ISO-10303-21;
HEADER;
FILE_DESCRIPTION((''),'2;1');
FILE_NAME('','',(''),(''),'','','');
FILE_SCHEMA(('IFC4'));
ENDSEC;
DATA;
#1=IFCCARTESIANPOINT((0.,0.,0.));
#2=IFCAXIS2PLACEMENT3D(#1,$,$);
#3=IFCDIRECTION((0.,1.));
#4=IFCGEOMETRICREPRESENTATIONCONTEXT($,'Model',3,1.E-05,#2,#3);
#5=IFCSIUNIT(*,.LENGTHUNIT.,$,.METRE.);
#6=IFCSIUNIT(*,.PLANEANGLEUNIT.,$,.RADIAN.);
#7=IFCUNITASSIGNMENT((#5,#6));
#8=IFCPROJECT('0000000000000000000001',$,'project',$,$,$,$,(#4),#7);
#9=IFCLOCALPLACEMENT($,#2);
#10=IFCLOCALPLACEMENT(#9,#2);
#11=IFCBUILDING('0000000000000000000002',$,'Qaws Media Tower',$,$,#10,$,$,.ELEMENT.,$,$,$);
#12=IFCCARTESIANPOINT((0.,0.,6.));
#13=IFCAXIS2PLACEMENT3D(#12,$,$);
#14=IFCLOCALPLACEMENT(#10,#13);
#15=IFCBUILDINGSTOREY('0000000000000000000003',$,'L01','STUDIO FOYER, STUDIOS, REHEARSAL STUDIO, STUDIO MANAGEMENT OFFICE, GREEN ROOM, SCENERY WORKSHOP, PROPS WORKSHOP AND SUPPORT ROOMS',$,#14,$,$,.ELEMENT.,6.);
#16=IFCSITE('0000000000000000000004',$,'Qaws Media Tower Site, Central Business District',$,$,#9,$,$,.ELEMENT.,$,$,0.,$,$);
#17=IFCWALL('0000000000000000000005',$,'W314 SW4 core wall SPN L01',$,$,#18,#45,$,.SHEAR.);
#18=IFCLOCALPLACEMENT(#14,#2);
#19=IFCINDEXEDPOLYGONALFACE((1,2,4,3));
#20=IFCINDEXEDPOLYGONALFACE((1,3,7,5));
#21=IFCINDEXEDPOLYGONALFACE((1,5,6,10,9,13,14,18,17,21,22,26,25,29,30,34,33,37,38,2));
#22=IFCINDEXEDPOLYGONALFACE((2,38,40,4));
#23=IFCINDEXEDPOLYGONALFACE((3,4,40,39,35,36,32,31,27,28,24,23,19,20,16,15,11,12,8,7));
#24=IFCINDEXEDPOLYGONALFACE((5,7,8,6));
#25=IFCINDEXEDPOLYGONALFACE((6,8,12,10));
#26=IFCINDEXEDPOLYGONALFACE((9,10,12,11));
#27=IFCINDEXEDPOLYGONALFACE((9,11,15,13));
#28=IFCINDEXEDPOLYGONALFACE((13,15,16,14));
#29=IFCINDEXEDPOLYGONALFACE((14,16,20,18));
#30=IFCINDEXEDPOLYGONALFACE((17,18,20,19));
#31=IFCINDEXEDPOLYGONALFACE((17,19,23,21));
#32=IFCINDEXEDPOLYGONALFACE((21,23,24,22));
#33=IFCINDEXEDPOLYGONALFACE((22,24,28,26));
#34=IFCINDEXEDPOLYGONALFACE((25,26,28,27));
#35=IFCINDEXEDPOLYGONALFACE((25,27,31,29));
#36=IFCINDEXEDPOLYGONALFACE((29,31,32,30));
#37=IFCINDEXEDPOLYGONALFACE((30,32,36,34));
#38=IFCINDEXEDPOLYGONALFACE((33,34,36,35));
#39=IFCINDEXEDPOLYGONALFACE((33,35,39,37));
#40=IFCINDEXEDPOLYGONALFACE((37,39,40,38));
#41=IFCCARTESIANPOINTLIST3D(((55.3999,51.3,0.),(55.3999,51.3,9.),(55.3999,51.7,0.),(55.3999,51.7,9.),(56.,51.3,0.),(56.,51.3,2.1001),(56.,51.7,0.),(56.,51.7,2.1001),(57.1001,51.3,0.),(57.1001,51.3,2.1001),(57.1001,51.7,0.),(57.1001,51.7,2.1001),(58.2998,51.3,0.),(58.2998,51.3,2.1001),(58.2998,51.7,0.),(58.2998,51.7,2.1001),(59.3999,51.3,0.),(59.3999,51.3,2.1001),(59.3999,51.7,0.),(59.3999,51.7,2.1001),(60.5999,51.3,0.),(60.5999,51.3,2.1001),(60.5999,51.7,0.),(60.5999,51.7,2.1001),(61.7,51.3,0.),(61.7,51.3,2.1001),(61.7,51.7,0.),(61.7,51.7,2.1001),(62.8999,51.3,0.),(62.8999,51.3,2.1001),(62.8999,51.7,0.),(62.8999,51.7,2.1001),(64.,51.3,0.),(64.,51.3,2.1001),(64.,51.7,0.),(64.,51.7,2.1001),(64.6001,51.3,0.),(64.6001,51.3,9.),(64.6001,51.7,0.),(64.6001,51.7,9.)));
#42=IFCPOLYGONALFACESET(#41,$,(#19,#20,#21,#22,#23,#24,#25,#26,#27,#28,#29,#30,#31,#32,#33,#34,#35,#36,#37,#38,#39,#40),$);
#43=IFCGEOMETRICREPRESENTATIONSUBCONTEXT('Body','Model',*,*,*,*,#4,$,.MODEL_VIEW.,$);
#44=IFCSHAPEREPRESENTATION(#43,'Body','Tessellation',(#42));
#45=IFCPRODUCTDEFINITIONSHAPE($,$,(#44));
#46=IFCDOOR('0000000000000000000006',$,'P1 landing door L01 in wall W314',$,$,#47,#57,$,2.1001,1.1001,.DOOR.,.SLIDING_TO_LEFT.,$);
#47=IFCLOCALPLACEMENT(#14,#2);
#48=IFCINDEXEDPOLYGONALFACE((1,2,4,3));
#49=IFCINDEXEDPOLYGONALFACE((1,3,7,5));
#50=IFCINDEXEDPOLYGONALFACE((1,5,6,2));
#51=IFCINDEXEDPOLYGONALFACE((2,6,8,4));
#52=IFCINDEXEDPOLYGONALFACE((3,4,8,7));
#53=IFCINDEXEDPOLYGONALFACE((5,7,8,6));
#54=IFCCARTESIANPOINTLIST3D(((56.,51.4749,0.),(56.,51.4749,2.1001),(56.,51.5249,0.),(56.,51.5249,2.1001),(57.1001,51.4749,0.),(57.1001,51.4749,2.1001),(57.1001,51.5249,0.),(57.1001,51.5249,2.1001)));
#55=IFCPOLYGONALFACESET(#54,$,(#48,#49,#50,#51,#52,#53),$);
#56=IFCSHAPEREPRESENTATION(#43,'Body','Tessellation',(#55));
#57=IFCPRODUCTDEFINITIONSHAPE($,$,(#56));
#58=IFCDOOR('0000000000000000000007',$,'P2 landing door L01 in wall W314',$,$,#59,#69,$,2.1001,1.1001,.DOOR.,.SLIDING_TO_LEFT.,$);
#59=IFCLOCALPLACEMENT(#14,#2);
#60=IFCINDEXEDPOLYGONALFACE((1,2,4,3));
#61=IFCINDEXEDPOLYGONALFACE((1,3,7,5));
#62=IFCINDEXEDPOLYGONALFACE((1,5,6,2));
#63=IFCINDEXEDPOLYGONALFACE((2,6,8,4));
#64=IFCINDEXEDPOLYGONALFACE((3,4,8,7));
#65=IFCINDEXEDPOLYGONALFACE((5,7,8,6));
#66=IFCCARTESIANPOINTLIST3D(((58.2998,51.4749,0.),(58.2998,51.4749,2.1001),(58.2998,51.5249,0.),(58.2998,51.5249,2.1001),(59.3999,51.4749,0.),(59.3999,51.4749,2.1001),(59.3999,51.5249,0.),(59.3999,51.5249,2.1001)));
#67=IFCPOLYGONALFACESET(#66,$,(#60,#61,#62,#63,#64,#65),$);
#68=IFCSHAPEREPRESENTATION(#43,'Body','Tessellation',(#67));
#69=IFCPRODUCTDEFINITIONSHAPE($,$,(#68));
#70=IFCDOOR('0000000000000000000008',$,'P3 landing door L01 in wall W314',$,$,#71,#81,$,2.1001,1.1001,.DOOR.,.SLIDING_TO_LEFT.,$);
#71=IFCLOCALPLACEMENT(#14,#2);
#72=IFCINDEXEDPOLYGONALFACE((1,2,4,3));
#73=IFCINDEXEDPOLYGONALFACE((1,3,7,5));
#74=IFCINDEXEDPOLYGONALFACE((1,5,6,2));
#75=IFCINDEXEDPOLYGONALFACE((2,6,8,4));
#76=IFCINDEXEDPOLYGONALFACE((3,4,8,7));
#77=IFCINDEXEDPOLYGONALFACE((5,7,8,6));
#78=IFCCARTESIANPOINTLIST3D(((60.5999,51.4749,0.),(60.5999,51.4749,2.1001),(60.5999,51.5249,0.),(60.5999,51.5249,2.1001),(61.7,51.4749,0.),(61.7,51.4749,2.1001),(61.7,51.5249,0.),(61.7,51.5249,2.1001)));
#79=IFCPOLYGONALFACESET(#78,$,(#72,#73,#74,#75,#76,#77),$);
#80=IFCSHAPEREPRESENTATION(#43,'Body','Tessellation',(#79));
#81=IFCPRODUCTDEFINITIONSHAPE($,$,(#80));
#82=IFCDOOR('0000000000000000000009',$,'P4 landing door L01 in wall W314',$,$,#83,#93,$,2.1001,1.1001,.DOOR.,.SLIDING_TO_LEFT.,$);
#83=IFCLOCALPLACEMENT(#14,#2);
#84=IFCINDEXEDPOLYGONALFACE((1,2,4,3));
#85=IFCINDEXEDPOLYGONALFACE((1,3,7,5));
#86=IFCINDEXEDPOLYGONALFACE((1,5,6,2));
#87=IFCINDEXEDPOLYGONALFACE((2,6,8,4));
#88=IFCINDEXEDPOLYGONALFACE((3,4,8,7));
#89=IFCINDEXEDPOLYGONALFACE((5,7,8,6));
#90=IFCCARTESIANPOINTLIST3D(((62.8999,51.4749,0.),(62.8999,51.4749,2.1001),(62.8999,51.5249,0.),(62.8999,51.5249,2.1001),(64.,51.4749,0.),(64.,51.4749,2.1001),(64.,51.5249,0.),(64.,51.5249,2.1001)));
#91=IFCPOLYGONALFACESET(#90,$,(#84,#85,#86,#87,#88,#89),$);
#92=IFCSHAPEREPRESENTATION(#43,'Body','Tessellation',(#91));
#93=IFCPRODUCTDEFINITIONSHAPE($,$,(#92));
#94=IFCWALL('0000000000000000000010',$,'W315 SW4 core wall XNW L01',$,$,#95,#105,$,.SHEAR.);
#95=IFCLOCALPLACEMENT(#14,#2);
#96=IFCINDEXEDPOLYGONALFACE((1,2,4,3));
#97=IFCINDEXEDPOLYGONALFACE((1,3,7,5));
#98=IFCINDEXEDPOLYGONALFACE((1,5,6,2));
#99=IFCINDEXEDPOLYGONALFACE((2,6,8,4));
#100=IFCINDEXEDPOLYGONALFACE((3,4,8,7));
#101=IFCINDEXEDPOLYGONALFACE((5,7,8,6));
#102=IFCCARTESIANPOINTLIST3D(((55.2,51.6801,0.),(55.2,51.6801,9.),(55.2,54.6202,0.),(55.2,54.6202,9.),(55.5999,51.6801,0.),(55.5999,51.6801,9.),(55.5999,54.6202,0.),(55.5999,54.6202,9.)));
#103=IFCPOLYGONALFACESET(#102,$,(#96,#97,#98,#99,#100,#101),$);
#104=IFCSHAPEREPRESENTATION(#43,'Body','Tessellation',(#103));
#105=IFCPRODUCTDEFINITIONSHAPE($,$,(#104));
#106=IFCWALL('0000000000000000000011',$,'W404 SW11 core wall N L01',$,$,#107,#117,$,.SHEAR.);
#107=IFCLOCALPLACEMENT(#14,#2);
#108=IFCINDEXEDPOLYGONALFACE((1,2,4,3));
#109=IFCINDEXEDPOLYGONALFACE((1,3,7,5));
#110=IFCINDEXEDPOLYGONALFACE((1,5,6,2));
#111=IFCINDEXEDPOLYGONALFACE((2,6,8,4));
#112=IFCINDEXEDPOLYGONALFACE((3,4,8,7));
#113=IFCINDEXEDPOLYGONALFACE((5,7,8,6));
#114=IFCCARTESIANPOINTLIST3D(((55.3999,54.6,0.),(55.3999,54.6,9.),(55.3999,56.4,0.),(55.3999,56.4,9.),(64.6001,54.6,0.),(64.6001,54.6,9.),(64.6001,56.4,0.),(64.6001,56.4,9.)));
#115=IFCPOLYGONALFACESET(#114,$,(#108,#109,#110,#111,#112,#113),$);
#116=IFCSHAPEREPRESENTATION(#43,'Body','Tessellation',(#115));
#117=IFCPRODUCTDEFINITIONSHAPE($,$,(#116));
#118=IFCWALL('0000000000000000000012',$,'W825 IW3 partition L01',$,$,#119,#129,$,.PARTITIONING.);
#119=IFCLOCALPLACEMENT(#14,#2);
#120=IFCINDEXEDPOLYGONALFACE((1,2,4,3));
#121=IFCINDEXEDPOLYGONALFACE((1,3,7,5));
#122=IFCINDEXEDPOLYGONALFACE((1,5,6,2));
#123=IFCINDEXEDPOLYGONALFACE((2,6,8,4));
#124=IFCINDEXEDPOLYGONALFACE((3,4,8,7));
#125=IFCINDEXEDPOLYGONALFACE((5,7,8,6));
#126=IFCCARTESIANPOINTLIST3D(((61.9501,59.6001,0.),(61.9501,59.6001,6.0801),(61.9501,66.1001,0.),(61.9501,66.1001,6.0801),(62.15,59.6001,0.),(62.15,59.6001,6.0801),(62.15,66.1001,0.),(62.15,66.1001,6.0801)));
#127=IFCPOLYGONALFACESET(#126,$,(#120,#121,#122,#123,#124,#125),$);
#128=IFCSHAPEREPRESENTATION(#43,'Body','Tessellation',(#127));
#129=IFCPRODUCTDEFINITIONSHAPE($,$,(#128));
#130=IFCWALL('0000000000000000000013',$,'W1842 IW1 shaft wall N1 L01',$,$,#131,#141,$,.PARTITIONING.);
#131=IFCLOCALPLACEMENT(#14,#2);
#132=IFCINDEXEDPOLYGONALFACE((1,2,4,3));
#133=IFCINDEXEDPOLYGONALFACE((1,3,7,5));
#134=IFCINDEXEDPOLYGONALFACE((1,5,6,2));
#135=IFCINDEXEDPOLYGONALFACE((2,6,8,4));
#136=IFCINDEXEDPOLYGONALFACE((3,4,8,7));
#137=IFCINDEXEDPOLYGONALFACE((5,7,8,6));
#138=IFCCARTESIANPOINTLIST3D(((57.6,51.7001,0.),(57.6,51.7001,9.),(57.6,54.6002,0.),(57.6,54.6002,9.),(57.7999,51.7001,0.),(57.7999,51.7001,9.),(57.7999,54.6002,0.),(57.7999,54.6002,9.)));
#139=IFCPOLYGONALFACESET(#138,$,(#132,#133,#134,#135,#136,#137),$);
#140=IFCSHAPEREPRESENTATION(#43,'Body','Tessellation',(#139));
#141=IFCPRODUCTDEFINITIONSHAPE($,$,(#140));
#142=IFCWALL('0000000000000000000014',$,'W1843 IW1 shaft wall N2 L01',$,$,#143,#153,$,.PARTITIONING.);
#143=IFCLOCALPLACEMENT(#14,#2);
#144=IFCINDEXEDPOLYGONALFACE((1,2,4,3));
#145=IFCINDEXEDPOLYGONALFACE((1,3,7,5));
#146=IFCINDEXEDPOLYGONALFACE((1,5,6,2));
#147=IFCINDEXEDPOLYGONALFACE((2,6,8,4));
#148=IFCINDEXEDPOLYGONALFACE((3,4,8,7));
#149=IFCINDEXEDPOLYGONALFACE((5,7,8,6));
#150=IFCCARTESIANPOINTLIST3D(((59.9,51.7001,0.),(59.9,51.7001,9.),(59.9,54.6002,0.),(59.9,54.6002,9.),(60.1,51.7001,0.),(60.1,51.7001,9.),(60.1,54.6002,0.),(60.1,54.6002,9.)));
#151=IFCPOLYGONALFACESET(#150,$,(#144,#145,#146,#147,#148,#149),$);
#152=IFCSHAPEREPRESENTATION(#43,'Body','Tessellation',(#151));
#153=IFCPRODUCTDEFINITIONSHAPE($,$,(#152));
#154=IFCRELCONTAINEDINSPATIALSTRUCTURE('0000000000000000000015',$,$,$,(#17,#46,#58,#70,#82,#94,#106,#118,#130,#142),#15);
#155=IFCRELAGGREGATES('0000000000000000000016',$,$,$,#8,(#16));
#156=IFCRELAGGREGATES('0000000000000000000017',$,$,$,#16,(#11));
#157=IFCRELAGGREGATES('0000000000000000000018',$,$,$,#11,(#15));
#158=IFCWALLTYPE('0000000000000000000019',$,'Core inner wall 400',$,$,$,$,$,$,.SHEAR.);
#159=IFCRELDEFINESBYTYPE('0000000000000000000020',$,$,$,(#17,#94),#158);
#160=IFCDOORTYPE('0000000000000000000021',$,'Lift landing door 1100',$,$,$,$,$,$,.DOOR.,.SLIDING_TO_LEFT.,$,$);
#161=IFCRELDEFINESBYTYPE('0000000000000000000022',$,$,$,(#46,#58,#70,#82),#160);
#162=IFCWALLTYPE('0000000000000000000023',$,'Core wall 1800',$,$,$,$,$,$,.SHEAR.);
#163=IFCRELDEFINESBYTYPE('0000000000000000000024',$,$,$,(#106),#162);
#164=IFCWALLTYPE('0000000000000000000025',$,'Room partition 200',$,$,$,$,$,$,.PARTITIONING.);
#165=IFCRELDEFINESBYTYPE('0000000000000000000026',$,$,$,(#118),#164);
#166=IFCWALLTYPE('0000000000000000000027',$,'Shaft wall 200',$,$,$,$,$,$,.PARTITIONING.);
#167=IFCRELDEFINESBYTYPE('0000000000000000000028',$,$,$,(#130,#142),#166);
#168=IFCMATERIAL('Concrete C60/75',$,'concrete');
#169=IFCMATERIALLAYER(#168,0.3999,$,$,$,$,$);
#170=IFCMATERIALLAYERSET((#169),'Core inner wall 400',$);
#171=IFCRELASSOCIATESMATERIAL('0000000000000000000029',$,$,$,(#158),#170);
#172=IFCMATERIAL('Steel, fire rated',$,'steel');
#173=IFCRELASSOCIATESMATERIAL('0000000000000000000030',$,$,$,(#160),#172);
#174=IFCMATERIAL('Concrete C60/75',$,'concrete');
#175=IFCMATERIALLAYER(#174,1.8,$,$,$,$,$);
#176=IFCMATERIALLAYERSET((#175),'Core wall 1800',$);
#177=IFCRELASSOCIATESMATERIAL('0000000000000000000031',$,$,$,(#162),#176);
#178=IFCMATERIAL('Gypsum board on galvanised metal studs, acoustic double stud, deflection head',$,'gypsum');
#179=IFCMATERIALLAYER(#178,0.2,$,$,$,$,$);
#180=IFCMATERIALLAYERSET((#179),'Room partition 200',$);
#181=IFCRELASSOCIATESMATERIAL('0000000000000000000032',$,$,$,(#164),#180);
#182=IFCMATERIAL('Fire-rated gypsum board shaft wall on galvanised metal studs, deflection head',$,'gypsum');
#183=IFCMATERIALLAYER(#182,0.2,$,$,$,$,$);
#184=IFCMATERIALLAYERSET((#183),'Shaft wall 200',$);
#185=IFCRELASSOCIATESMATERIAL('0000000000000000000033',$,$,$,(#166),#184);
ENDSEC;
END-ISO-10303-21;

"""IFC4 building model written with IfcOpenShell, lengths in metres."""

from ifc_helpers import new_model, si_unit, direction, frame, frame_2d, origin, place, context, subcontext, project, spatial, rectangle, extrude, material, layer, layer_set, type_object, element, fill, save


model = new_model("IFC4")

# Units and contexts
model_context = context("Model", 3, precision=1e-05, world=origin(), true_north=direction((0.0, 1.0)))
body_context = subcontext(model_context, "Body", "Model", "MODEL_VIEW")
ifc_project = project(units=[si_unit("LENGTHUNIT", "METRE"), si_unit("PLANEANGLEUNIT", "RADIAN")], contexts=[model_context])

# Site, building, storey
site_placement = place(None, origin())
site = spatial("IfcSite", under=ifc_project, at=site_placement, Name="Qaws Media Tower Site, Central Business District", CompositionType="ELEMENT", RefElevation=0.0)
building_placement = place(site_placement, origin())
building = spatial("IfcBuilding", under=site, at=building_placement, Name="Qaws Media Tower", CompositionType="ELEMENT")
storey_placement = place(building_placement, frame((0.0, 0.0, 6.0)))
storey = spatial("IfcBuildingStorey", under=building, at=storey_placement, Name="L01", Description="STUDIO FOYER, STUDIOS, REHEARSAL STUDIO, STUDIO MANAGEMENT OFFICE, GREEN ROOM, SCENERY WORKSHOP, PROPS WORKSHOP AND SUPPORT ROOMS", CompositionType="ELEMENT", Elevation=6.0)

# Wall, openings, doors
ifc_material_1 = material(Name="Concrete C60/75", Category="concrete")
ifc_layer_1 = layer(ifc_material_1, 0.3999)
ifc_layer_set_1 = layer_set([ifc_layer_1], Name="Core inner wall 400")
wall_type_1 = type_object("IfcWallType", Name="Core inner wall 400", PredefinedType="SHEAR", material=ifc_layer_set_1)
wall_1_placement = place(storey_placement, frame((55.3999, 51.5, 0.0), z_axis=(0.0, 0.0, 1.0), x_axis=(1.0, 0.0, 0.0)))
wall_1 = element("IfcWall", 1, at=wall_1_placement, inside=storey, type_object=wall_type_1, Name="W314 SW4 core wall SPN L01", PredefinedType="SHEAR", context=body_context, shape_type="SweptSolid", body=[
    extrude(rectangle(XDim=9.2002, YDim=0.3999, at=frame_2d((4.6001, 0.0))), origin(), (0.0, 0.0, 1.0), 9.0),
])
opening_1_placement = place(wall_1_placement, frame((0.6001, 0.0, 0.0)))
opening_1 = element("IfcOpeningElement", 2, at=opening_1_placement, cuts=wall_1, PredefinedType="OPENING", context=body_context, shape_type="SweptSolid", body=[
    extrude(rectangle(XDim=1.1001, YDim=2.1001, at=frame_2d((0.55, 1.05))), frame((0.0, 0.21, 0.0), z_axis=(0.0, -1.0, 0.0), x_axis=(1.0, 0.0, 0.0)), (0.0, 0.0, 1.0), 0.4199),
])
opening_2_placement = place(wall_1_placement, frame((2.8999, 0.0, 0.0)))
opening_2 = element("IfcOpeningElement", 3, at=opening_2_placement, cuts=wall_1, PredefinedType="OPENING", context=body_context, shape_type="SweptSolid", body=[
    extrude(rectangle(XDim=1.1001, YDim=2.1001, at=frame_2d((0.55, 1.05))), frame((0.0, 0.21, 0.0), z_axis=(0.0, -1.0, 0.0), x_axis=(1.0, 0.0, 0.0)), (0.0, 0.0, 1.0), 0.4199),
])
opening_3_placement = place(wall_1_placement, frame((5.2, 0.0, 0.0)))
opening_3 = element("IfcOpeningElement", 4, at=opening_3_placement, cuts=wall_1, PredefinedType="OPENING", context=body_context, shape_type="SweptSolid", body=[
    extrude(rectangle(XDim=1.1001, YDim=2.1001, at=frame_2d((0.55, 1.05))), frame((0.0, 0.21, 0.0), z_axis=(0.0, -1.0, 0.0), x_axis=(1.0, 0.0, 0.0)), (0.0, 0.0, 1.0), 0.4199),
])
opening_4_placement = place(wall_1_placement, frame((7.5, 0.0, 0.0)))
opening_4 = element("IfcOpeningElement", 5, at=opening_4_placement, cuts=wall_1, PredefinedType="OPENING", context=body_context, shape_type="SweptSolid", body=[
    extrude(rectangle(XDim=1.1001, YDim=2.1001, at=frame_2d((0.55, 1.05))), frame((0.0, 0.21, 0.0), z_axis=(0.0, -1.0, 0.0), x_axis=(1.0, 0.0, 0.0)), (0.0, 0.0, 1.0), 0.4199),
])
ifc_material_2 = material(Name="Steel, fire rated", Category="steel")
door_type = type_object("IfcDoorType", Name="Lift landing door 1100", OperationType="SLIDING_TO_LEFT", PredefinedType="DOOR", material=ifc_material_2)
door_1_placement = place(opening_1_placement, origin())
door_1 = element("IfcDoor", 6, at=door_1_placement, inside=storey, type_object=door_type, Name="P1 landing door L01 in wall W314", OperationType="SLIDING_TO_LEFT", OverallHeight=2.1001, OverallWidth=1.1001, PredefinedType="DOOR", context=body_context, shape_type="SweptSolid", body=[
    extrude(rectangle(XDim=1.1001, YDim=2.1001, at=frame_2d((0.55, 1.05))), frame((0.0, 0.0249, 0.0), z_axis=(0.0, -1.0, 0.0), x_axis=(1.0, 0.0, 0.0)), (0.0, 0.0, 1.0), 0.05),
])
fill(opening_1, door_1)
door_2_placement = place(opening_2_placement, origin())
door_2 = element("IfcDoor", 7, at=door_2_placement, inside=storey, type_object=door_type, Name="P2 landing door L01 in wall W314", OperationType="SLIDING_TO_LEFT", OverallHeight=2.1001, OverallWidth=1.1001, PredefinedType="DOOR", context=body_context, shape_type="SweptSolid", body=[
    extrude(rectangle(XDim=1.1001, YDim=2.1001, at=frame_2d((0.55, 1.05))), frame((0.0, 0.0249, 0.0), z_axis=(0.0, -1.0, 0.0), x_axis=(1.0, 0.0, 0.0)), (0.0, 0.0, 1.0), 0.05),
])
fill(opening_2, door_2)
door_3_placement = place(opening_3_placement, origin())
door_3 = element("IfcDoor", 8, at=door_3_placement, inside=storey, type_object=door_type, Name="P3 landing door L01 in wall W314", OperationType="SLIDING_TO_LEFT", OverallHeight=2.1001, OverallWidth=1.1001, PredefinedType="DOOR", context=body_context, shape_type="SweptSolid", body=[
    extrude(rectangle(XDim=1.1001, YDim=2.1001, at=frame_2d((0.55, 1.05))), frame((0.0, 0.0249, 0.0), z_axis=(0.0, -1.0, 0.0), x_axis=(1.0, 0.0, 0.0)), (0.0, 0.0, 1.0), 0.05),
])
fill(opening_3, door_3)
door_4_placement = place(opening_4_placement, origin())
door_4 = element("IfcDoor", 9, at=door_4_placement, inside=storey, type_object=door_type, Name="P4 landing door L01 in wall W314", OperationType="SLIDING_TO_LEFT", OverallHeight=2.1001, OverallWidth=1.1001, PredefinedType="DOOR", context=body_context, shape_type="SweptSolid", body=[
    extrude(rectangle(XDim=1.1001, YDim=2.1001, at=frame_2d((0.55, 1.05))), frame((0.0, 0.0249, 0.0), z_axis=(0.0, -1.0, 0.0), x_axis=(1.0, 0.0, 0.0)), (0.0, 0.0, 1.0), 0.05),
])
fill(opening_4, door_4)

# Walls
wall_2_placement = place(storey_placement, frame((55.3999, 51.6799, 0.0), z_axis=(0.0, 0.0, 1.0), x_axis=(0.0, 1.0, 0.0)))
element("IfcWall", 10, at=wall_2_placement, inside=storey, type_object=wall_type_1, Name="W315 SW4 core wall XNW L01", PredefinedType="SHEAR", context=body_context, shape_type="SweptSolid", body=[
    extrude(rectangle(XDim=2.9402, YDim=0.3999, at=frame_2d((1.4702, 0.0))), origin(), (0.0, 0.0, 1.0), 9.0),
])
ifc_material_3 = material(Name="Concrete C60/75", Category="concrete")
ifc_layer_2 = layer(ifc_material_3, 1.8)
ifc_layer_set_2 = layer_set([ifc_layer_2], Name="Core wall 1800")
wall_type_2 = type_object("IfcWallType", Name="Core wall 1800", PredefinedType="SHEAR", material=ifc_layer_set_2)
wall_3_placement = place(storey_placement, frame((55.3999, 55.5, 0.0), z_axis=(0.0, 0.0, 1.0), x_axis=(1.0, 0.0, 0.0)))
element("IfcWall", 11, at=wall_3_placement, inside=storey, type_object=wall_type_2, Name="W404 SW11 core wall N L01", PredefinedType="SHEAR", context=body_context, shape_type="SweptSolid", body=[
    extrude(rectangle(XDim=9.2002, YDim=1.8, at=frame_2d((4.6001, 0.0))), origin(), (0.0, 0.0, 1.0), 9.0),
])
ifc_material_4 = material(Name="Gypsum board on galvanised metal studs, acoustic double stud, deflection head", Category="gypsum")
ifc_layer_3 = layer(ifc_material_4, 0.2)
ifc_layer_set_3 = layer_set([ifc_layer_3], Name="Room partition 200")
wall_type_3 = type_object("IfcWallType", Name="Room partition 200", PredefinedType="PARTITIONING", material=ifc_layer_set_3)
wall_4_placement = place(storey_placement, frame((62.05, 59.6001, 0.0), z_axis=(0.0, 0.0, 1.0), x_axis=(0.0, 1.0, 0.0)))
element("IfcWall", 12, at=wall_4_placement, inside=storey, type_object=wall_type_3, Name="W825 IW3 partition L01", PredefinedType="PARTITIONING", context=body_context, shape_type="SweptSolid", body=[
    extrude(rectangle(XDim=6.5, YDim=0.2, at=frame_2d((3.25, 0.0))), origin(), (0.0, 0.0, 1.0), 6.0801),
])
ifc_material_5 = material(Name="Fire-rated gypsum board shaft wall on galvanised metal studs, deflection head", Category="gypsum")
ifc_layer_4 = layer(ifc_material_5, 0.2)
ifc_layer_set_4 = layer_set([ifc_layer_4], Name="Shaft wall 200")
wall_type_4 = type_object("IfcWallType", Name="Shaft wall 200", PredefinedType="PARTITIONING", material=ifc_layer_set_4)
for number, where, z_axis, x_axis, name in (
    (13, (57.7, 51.7, 0.0), (0.0, 0.0, 1.0), (0.0, 1.0, 0.0), "W1842 IW1 shaft wall N1 L01"),
    (14, (60.0, 51.7, 0.0), (0.0, 0.0, 1.0), (0.0, 1.0, 0.0), "W1843 IW1 shaft wall N2 L01"),
):
    element("IfcWall", number, at=place(storey_placement, frame(where, z_axis=z_axis, x_axis=x_axis)), inside=storey, type_object=wall_type_4, Name=name, PredefinedType="PARTITIONING", context=body_context, shape_type="SweptSolid", body=[
        extrude(rectangle(XDim=2.9001, YDim=0.2, at=frame_2d((1.4502, 0.0))), origin(), (0.0, 0.0, 1.0), 9.0),
    ])

save(model, "model.ifc")
